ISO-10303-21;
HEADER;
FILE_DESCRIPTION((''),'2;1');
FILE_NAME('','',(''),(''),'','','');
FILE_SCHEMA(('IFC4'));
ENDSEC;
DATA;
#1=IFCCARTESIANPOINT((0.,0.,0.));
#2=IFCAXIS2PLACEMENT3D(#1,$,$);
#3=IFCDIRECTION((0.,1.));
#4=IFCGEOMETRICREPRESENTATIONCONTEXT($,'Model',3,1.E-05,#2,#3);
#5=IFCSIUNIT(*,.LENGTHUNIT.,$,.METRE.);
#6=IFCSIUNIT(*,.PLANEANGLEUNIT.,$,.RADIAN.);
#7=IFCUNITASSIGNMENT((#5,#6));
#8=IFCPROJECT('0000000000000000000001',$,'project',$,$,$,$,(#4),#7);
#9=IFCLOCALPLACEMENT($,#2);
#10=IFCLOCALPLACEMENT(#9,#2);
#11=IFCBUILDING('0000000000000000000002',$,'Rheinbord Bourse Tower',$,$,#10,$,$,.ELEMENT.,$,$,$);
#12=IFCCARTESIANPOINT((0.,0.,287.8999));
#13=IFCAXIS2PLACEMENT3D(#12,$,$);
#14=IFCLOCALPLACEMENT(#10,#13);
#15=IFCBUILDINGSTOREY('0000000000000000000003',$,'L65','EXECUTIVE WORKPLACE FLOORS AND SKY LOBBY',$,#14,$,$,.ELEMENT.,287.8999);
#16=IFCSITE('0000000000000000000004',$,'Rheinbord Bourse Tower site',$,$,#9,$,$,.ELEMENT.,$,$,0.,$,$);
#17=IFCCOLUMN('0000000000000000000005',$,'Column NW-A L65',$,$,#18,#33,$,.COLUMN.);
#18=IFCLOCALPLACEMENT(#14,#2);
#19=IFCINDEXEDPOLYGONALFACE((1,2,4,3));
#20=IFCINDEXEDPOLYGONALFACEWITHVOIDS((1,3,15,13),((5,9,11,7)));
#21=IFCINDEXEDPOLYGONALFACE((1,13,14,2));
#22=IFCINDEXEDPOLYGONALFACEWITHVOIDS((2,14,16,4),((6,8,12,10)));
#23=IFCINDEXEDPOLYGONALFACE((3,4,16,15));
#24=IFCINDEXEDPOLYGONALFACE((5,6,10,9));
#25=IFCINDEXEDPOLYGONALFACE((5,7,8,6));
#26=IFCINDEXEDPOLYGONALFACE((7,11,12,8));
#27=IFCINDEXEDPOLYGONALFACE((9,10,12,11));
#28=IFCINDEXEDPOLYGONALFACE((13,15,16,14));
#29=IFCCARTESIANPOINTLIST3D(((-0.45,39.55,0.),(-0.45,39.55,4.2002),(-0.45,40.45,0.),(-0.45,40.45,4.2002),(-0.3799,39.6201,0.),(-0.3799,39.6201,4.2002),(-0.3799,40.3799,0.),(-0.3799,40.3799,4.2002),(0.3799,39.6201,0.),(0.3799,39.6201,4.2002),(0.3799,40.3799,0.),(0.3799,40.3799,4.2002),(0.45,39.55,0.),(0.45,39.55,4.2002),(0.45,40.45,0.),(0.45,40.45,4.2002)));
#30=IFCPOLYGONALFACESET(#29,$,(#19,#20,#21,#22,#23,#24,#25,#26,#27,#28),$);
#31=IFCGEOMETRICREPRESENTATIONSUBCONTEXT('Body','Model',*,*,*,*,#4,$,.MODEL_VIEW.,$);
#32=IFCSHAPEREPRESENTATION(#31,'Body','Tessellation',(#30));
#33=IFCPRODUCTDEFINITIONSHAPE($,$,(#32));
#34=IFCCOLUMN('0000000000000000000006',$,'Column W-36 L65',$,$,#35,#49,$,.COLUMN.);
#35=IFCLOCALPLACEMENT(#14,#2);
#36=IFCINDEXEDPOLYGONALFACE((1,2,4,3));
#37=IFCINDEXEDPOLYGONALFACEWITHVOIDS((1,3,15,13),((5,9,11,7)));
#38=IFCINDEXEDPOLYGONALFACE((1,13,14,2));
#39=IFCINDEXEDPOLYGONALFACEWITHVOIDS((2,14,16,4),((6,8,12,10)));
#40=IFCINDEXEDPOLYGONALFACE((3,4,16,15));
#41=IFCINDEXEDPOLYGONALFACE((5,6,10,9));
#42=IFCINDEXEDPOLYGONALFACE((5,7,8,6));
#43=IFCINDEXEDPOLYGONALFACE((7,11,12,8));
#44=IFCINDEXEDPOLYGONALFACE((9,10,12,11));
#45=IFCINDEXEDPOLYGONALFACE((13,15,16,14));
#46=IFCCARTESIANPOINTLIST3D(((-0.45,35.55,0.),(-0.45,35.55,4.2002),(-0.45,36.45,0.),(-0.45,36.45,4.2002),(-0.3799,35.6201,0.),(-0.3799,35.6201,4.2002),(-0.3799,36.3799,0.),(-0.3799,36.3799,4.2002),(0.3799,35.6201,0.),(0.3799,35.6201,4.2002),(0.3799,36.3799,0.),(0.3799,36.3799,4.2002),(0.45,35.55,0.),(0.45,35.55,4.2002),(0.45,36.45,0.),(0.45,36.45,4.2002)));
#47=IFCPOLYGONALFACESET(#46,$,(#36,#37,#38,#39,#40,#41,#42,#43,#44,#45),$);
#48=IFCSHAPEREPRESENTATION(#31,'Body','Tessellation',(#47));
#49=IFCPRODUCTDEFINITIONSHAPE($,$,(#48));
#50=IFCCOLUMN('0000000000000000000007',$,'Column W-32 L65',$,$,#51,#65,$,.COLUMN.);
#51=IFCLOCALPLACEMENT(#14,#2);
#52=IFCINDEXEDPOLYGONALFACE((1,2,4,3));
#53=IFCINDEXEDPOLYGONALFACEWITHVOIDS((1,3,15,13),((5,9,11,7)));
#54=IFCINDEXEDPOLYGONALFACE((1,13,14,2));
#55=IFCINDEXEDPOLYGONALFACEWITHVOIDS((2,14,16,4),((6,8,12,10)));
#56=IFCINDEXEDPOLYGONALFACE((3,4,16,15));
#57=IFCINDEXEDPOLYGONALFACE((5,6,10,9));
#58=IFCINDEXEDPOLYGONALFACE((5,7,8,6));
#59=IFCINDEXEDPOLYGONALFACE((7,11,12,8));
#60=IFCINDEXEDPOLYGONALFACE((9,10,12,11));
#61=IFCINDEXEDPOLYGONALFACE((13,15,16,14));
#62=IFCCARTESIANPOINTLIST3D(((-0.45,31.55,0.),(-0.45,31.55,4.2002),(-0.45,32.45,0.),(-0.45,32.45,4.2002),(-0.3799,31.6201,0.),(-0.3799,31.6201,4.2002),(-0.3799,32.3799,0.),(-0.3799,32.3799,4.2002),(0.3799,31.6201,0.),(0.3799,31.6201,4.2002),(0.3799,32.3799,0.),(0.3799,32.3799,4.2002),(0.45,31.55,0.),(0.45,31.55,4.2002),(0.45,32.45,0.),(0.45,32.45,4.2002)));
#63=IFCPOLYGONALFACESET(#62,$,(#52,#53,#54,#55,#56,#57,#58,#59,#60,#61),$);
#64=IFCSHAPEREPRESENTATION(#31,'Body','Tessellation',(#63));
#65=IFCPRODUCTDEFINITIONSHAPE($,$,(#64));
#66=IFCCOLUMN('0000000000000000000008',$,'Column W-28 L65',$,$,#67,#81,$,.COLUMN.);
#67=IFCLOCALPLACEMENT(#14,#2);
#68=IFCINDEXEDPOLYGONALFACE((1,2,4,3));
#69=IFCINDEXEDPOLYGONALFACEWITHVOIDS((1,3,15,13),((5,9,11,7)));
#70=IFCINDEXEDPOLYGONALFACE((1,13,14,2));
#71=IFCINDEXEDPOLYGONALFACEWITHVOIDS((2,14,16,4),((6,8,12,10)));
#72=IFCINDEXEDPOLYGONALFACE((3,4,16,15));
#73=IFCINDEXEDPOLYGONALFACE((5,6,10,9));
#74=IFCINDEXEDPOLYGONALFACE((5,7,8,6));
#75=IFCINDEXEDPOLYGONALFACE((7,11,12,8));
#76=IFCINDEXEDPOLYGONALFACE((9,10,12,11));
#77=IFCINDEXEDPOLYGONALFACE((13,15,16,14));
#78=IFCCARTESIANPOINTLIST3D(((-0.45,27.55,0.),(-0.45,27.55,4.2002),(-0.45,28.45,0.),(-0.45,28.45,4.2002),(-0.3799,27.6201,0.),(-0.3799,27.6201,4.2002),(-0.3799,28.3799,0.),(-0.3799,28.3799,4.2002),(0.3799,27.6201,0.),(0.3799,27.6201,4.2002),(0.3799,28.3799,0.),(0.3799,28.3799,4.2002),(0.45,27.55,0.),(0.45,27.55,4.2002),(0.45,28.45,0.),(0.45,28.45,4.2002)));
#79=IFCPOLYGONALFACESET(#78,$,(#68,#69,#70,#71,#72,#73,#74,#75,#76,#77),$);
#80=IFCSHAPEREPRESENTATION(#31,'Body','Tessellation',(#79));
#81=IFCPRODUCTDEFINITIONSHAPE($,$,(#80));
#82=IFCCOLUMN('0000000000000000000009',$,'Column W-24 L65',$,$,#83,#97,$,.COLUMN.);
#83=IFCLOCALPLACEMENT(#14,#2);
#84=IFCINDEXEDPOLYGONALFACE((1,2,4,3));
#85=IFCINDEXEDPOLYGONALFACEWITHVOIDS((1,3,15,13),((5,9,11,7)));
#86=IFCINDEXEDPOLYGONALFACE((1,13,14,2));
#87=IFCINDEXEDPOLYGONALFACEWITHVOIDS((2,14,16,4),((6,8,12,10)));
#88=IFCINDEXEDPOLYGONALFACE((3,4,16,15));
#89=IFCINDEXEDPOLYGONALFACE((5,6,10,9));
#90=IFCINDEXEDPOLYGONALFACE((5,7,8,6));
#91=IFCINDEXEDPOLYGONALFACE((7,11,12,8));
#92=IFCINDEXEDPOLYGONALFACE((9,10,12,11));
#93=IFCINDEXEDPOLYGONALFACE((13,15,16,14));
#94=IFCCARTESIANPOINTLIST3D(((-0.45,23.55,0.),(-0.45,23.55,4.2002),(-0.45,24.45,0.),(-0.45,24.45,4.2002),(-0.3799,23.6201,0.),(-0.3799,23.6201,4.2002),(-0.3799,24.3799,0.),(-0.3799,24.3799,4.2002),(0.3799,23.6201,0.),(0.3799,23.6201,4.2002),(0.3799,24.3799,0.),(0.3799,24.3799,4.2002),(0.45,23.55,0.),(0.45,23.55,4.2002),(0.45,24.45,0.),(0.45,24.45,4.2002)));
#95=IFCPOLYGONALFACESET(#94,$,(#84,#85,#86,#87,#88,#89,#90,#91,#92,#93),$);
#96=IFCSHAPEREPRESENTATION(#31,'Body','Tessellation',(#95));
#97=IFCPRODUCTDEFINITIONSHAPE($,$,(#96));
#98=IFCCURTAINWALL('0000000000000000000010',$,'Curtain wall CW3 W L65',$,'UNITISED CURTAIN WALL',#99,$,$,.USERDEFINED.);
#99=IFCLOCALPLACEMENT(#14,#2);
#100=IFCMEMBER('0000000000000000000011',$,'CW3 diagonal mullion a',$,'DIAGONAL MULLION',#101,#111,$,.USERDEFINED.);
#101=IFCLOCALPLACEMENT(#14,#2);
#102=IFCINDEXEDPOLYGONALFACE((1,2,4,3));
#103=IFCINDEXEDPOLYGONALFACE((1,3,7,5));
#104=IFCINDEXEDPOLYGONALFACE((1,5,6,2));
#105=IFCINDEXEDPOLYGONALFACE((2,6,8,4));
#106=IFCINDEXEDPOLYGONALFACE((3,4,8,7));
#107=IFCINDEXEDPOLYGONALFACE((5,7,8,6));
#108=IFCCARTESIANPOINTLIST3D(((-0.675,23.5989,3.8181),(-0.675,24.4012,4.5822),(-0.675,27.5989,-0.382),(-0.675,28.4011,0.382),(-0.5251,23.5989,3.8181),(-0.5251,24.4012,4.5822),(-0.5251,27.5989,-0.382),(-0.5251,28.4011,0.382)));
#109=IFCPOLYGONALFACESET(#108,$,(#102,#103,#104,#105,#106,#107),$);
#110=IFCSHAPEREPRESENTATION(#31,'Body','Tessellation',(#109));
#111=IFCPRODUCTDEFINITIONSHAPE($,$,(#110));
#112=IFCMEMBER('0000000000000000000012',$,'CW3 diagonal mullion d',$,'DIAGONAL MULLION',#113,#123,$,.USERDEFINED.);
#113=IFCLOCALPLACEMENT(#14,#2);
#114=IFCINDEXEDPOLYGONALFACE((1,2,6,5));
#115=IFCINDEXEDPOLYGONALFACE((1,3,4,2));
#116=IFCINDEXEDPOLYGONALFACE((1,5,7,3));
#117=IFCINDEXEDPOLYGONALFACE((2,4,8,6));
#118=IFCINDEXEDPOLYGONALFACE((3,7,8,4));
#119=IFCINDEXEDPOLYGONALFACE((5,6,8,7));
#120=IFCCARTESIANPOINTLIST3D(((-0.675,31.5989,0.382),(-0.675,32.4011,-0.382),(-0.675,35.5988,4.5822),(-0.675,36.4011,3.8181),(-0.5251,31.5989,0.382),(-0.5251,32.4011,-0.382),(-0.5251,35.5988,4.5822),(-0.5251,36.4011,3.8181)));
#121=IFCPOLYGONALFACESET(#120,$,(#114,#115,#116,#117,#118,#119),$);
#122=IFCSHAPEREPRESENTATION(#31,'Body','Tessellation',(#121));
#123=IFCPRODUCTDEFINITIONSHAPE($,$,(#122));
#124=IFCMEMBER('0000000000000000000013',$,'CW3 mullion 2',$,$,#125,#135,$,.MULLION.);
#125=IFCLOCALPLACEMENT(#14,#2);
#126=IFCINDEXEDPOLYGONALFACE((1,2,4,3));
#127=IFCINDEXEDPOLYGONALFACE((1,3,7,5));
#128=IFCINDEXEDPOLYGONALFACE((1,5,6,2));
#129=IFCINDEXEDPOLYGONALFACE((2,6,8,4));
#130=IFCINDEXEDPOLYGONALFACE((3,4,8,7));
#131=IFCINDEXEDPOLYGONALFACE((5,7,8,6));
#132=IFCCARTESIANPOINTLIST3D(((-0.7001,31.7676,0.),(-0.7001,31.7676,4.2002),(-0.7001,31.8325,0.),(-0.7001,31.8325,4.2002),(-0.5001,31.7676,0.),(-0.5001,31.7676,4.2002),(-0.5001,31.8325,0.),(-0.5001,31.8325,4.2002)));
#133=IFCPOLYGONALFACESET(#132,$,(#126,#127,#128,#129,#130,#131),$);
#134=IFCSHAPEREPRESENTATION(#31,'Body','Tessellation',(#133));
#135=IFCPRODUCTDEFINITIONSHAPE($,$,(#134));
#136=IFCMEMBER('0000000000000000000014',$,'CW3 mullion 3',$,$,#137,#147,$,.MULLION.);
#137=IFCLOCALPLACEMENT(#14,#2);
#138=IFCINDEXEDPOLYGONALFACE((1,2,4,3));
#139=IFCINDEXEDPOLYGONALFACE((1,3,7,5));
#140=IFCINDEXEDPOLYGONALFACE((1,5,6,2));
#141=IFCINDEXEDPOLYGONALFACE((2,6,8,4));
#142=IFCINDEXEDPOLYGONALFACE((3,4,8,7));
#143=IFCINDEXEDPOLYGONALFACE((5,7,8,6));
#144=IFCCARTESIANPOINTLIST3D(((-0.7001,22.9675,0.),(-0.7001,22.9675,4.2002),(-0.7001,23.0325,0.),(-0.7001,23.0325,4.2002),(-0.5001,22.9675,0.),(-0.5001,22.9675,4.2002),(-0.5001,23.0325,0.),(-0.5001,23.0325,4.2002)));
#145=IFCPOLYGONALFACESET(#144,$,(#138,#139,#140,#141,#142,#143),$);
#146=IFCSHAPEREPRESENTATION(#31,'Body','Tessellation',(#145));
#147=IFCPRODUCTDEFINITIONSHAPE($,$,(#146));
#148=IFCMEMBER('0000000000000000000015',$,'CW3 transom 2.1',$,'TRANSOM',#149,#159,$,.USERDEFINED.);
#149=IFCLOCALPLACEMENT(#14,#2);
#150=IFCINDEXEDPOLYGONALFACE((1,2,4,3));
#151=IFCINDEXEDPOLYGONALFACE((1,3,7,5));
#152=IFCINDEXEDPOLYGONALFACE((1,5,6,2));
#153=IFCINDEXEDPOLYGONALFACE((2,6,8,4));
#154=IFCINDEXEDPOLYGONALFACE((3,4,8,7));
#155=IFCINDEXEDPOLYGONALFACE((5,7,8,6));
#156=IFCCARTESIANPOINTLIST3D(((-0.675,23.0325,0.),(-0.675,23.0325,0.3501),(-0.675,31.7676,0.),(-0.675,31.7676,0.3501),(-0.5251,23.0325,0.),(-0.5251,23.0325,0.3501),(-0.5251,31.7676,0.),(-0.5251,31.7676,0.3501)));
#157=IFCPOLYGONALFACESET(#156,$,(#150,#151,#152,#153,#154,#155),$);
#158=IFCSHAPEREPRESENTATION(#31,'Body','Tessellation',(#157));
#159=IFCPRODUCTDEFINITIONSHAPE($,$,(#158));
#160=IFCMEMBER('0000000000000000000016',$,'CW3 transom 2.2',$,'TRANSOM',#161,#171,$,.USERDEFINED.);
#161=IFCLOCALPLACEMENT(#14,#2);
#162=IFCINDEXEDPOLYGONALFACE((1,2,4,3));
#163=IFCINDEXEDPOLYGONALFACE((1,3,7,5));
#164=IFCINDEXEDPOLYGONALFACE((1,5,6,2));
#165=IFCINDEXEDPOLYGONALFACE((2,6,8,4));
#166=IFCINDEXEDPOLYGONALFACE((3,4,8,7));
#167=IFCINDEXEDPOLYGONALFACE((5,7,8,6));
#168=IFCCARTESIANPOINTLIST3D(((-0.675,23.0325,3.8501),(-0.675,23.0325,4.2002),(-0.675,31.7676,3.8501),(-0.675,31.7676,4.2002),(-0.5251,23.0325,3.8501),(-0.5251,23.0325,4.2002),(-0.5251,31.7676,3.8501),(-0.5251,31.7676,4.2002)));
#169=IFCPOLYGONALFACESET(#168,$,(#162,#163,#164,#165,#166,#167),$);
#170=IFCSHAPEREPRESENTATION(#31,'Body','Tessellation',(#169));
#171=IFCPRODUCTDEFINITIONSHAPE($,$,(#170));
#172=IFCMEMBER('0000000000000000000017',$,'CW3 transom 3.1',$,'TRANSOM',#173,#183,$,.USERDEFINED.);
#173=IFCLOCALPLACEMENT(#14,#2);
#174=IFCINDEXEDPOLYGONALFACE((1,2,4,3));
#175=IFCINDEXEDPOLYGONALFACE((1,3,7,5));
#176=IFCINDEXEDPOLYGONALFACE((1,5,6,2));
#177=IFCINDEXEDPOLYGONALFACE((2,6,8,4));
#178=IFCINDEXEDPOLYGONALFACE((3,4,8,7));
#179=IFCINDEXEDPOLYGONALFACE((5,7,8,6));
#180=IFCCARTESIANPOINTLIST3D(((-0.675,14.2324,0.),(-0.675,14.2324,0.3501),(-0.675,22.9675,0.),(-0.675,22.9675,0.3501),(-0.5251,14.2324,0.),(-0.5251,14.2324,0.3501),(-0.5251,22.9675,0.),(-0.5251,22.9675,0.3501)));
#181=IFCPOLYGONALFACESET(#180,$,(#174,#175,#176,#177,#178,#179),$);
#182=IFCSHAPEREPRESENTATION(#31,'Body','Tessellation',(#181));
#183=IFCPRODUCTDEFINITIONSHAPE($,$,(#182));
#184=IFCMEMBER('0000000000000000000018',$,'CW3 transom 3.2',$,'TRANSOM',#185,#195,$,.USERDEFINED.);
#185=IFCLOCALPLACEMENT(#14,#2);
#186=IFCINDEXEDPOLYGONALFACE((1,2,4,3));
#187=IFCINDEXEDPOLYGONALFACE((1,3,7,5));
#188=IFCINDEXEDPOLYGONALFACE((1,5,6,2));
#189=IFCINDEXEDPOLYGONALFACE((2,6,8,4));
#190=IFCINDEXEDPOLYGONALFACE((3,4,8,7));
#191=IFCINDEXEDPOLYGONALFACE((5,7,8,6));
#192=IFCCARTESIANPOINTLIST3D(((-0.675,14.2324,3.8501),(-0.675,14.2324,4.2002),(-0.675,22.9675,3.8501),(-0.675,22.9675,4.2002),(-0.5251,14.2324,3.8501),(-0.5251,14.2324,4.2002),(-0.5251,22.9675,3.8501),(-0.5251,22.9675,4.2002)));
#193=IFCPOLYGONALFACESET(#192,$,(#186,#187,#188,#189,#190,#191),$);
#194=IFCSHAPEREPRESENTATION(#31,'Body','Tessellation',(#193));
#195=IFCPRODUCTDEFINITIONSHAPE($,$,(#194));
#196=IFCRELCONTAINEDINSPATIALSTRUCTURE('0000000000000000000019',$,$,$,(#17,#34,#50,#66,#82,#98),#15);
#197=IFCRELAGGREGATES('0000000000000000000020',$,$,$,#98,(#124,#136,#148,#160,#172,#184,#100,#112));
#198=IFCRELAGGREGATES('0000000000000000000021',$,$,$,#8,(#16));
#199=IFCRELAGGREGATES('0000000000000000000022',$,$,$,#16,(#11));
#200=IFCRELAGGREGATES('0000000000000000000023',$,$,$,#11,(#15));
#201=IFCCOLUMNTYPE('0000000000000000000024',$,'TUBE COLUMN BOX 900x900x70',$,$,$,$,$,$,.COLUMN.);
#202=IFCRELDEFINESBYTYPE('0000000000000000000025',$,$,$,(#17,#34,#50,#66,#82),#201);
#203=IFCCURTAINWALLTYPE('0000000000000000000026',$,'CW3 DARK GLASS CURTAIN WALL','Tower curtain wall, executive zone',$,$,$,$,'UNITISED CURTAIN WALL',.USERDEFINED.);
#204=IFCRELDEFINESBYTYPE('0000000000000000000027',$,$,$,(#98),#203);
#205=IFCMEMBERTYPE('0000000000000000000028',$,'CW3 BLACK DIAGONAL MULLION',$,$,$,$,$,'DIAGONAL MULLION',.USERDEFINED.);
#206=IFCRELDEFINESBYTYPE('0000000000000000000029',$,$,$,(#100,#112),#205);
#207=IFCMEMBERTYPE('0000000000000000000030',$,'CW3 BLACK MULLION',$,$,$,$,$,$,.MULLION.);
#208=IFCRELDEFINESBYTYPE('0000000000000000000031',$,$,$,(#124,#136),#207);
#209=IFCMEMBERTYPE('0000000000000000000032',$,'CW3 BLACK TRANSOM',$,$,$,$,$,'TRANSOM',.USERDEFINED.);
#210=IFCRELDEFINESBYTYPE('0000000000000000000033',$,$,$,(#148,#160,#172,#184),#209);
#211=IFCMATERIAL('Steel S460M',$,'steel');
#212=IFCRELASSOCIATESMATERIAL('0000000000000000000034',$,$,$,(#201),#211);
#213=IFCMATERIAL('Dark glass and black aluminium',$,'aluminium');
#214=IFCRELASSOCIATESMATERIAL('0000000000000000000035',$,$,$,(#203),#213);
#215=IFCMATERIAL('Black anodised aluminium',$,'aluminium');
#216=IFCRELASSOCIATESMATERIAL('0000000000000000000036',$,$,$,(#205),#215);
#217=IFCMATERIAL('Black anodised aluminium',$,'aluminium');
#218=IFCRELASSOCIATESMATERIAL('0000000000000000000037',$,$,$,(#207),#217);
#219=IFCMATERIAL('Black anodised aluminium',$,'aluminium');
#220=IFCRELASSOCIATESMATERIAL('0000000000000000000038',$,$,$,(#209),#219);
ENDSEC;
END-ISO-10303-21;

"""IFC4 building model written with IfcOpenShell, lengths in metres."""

from ifc_helpers import new_model, si_unit, direction, frame, origin, origin_2d, place, context, subcontext, project, spatial, rectangle, hollow_rectangle, extrude, material, material_profile, profile_set, type_object, element, aggregate, save


model = new_model("IFC4")

# Units and contexts
model_context = context("Model", 3, precision=1e-05, world=origin(), true_north=direction((0.0, 1.0)))
body_context = subcontext(model_context, "Body", "Model", "MODEL_VIEW")
ifc_project = project(units=[si_unit("LENGTHUNIT", "METRE"), si_unit("PLANEANGLEUNIT", "RADIAN")], contexts=[model_context])

# Site, building, storey
site_placement = place(None, origin())
site = spatial("IfcSite", under=ifc_project, at=site_placement, Name="Rheinbord Bourse Tower site", CompositionType="ELEMENT", RefElevation=0.0)
building_placement = place(site_placement, origin())
building = spatial("IfcBuilding", under=site, at=building_placement, Name="Rheinbord Bourse Tower", CompositionType="ELEMENT")
storey_placement = place(building_placement, frame((0.0, 0.0, 287.8999)))
storey = spatial("IfcBuildingStorey", under=building, at=storey_placement, Name="L65", Description="EXECUTIVE WORKPLACE FLOORS AND SKY LOBBY", CompositionType="ELEMENT", Elevation=287.8999)

# Columns
ifc_material_1 = material(Name="Steel S460M", Category="steel")
ifc_material_profile_1 = material_profile(ifc_material_1, hollow_rectangle(XDim=0.8999, YDim=0.8999, WallThickness=0.0701, at=origin_2d()), Name="BOX 900x900x70")
ifc_profile_set_1 = profile_set([ifc_material_profile_1], Name="Steel S460M")
column_type = type_object("IfcColumnType", Name="TUBE COLUMN BOX 900x900x70", PredefinedType="COLUMN", material=ifc_profile_set_1)
for number, where, z_axis, x_axis, name in (
    (1, (0.0, 40.0, 0.0), (0.0, 0.0, 1.0), (1.0, 0.0, 0.0), "Column NW-A L65"),
    (2, (0.0, 36.0, 0.0), (0.0, 0.0, 1.0), (1.0, 0.0, 0.0), "Column W-36 L65"),
    (3, (0.0, 32.0, 0.0), (0.0, 0.0, 1.0), (1.0, 0.0, 0.0), "Column W-32 L65"),
    (4, (0.0, 28.0, 0.0), (0.0, 0.0, 1.0), (1.0, 0.0, 0.0), "Column W-28 L65"),
    (5, (0.0, 24.0, 0.0), (0.0, 0.0, 1.0), (1.0, 0.0, 0.0), "Column W-24 L65"),
):
    element("IfcColumn", number, at=place(storey_placement, frame(where, z_axis=z_axis, x_axis=x_axis)), inside=storey, type_object=column_type, Name=name, PredefinedType="COLUMN", context=body_context, shape_type="SweptSolid", body=[
        extrude(hollow_rectangle(XDim=0.8999, YDim=0.8999, WallThickness=0.0701, at=origin_2d()), origin(), (0.0, 0.0, 1.0), 4.2002),
    ])

# Curtain wall, members
ifc_material_2 = material(Name="Dark glass and black aluminium", Category="aluminium")
curtain_wall_type = type_object("IfcCurtainWallType", Name="CW3 DARK GLASS CURTAIN WALL", Description="Tower curtain wall, executive zone", ElementType="UNITISED CURTAIN WALL", PredefinedType="USERDEFINED", material=ifc_material_2)
curtain_wall_placement = place(storey_placement, origin())
curtain_wall = element("IfcCurtainWall", 6, at=curtain_wall_placement, inside=storey, type_object=curtain_wall_type, Name="Curtain wall CW3 W L65", ObjectType="UNITISED CURTAIN WALL", PredefinedType="USERDEFINED")
ifc_material_3 = material(Name="Black anodised aluminium", Category="aluminium")
ifc_material_profile_2 = material_profile(ifc_material_3, rectangle(XDim=0.1499, YDim=1.1079, at=origin_2d()), Name="CW3 DIAGONAL MULLION 1108x150")
ifc_profile_set_2 = profile_set([ifc_material_profile_2], Name="Black anodised aluminium")
member_type_1 = type_object("IfcMemberType", Name="CW3 BLACK DIAGONAL MULLION", ElementType="DIAGONAL MULLION", PredefinedType="USERDEFINED", material=ifc_profile_set_2)
member_1_placement = place(storey_placement, frame((-0.6001, 28.0, 0.0), z_axis=(0.0, -0.689638, 0.724154), x_axis=(1.0, 0.0, 0.0)))
member_1 = element("IfcMember", 7, at=member_1_placement, type_object=member_type_1, Name="CW3 diagonal mullion a", ObjectType="DIAGONAL MULLION", PredefinedType="USERDEFINED", context=body_context, shape_type="SweptSolid", body=[
    extrude(rectangle(XDim=0.1499, YDim=1.1079, at=origin_2d()), origin(), (0.0, 0.0, 1.0), 5.8),
])
member_2_placement = place(storey_placement, frame((-0.6001, 32.0, 0.0), z_axis=(0.0, 0.689638, 0.724154), x_axis=(-1.0, 0.0, 0.0)))
member_2 = element("IfcMember", 8, at=member_2_placement, type_object=member_type_1, Name="CW3 diagonal mullion d", ObjectType="DIAGONAL MULLION", PredefinedType="USERDEFINED", context=body_context, shape_type="SweptSolid", body=[
    extrude(rectangle(XDim=0.1499, YDim=1.1079, at=origin_2d()), origin(), (0.0, 0.0, 1.0), 5.8),
])
ifc_material_4 = material(Name="Black anodised aluminium", Category="aluminium")
ifc_material_profile_3 = material_profile(ifc_material_4, rectangle(XDim=0.2, YDim=0.0649, at=origin_2d()), Name="CW3 MULLION 65x200")
ifc_profile_set_3 = profile_set([ifc_material_profile_3], Name="Black anodised aluminium")
member_type_2 = type_object("IfcMemberType", Name="CW3 BLACK MULLION", PredefinedType="MULLION", material=ifc_profile_set_3)
member_3_placement = place(storey_placement, frame((-0.6001, 31.8, 0.0), z_axis=(0.0, 0.0, 1.0), x_axis=(1.0, 0.0, 0.0)))
member_3 = element("IfcMember", 9, at=member_3_placement, type_object=member_type_2, Name="CW3 mullion 2", PredefinedType="MULLION", context=body_context, shape_type="SweptSolid", body=[
    extrude(rectangle(XDim=0.2, YDim=0.0649, at=origin_2d()), origin(), (0.0, 0.0, 1.0), 4.2002),
])
member_4_placement = place(storey_placement, frame((-0.6001, 23.0, 0.0), z_axis=(0.0, 0.0, 1.0), x_axis=(1.0, 0.0, 0.0)))
member_4 = element("IfcMember", 10, at=member_4_placement, type_object=member_type_2, Name="CW3 mullion 3", PredefinedType="MULLION", context=body_context, shape_type="SweptSolid", body=[
    extrude(rectangle(XDim=0.2, YDim=0.0649, at=origin_2d()), origin(), (0.0, 0.0, 1.0), 4.2002),
])
ifc_material_5 = material(Name="Black anodised aluminium", Category="aluminium")
ifc_material_profile_4 = material_profile(ifc_material_5, rectangle(XDim=0.1499, YDim=0.3501, at=origin_2d()), Name="CW3 TRANSOM 350x150")
ifc_profile_set_4 = profile_set([ifc_material_profile_4], Name="Black anodised aluminium")
member_type_3 = type_object("IfcMemberType", Name="CW3 BLACK TRANSOM", ElementType="TRANSOM", PredefinedType="USERDEFINED", material=ifc_profile_set_4)
member_5_placement = place(storey_placement, frame((-0.6001, 31.7676, 0.175), z_axis=(0.0, -1.0, 0.0), x_axis=(1.0, 0.0, 0.0)))
member_5 = element("IfcMember", 11, at=member_5_placement, type_object=member_type_3, Name="CW3 transom 2.1", ObjectType="TRANSOM", PredefinedType="USERDEFINED", context=body_context, shape_type="SweptSolid", body=[
    extrude(rectangle(XDim=0.1499, YDim=0.3501, at=origin_2d()), origin(), (0.0, 0.0, 1.0), 8.7351),
])
member_6_placement = place(storey_placement, frame((-0.6001, 31.7676, 4.0251), z_axis=(0.0, -1.0, 0.0), x_axis=(1.0, 0.0, 0.0)))
member_6 = element("IfcMember", 12, at=member_6_placement, type_object=member_type_3, Name="CW3 transom 2.2", ObjectType="TRANSOM", PredefinedType="USERDEFINED", context=body_context, shape_type="SweptSolid", body=[
    extrude(rectangle(XDim=0.1499, YDim=0.3501, at=origin_2d()), origin(), (0.0, 0.0, 1.0), 8.7351),
])
member_7_placement = place(storey_placement, frame((-0.6001, 22.9675, 0.175), z_axis=(0.0, -1.0, 0.0), x_axis=(1.0, 0.0, 0.0)))
member_7 = element("IfcMember", 13, at=member_7_placement, type_object=member_type_3, Name="CW3 transom 3.1", ObjectType="TRANSOM", PredefinedType="USERDEFINED", context=body_context, shape_type="SweptSolid", body=[
    extrude(rectangle(XDim=0.1499, YDim=0.3501, at=origin_2d()), origin(), (0.0, 0.0, 1.0), 8.7351),
])
member_8_placement = place(storey_placement, frame((-0.6001, 22.9675, 4.0251), z_axis=(0.0, -1.0, 0.0), x_axis=(1.0, 0.0, 0.0)))
member_8 = element("IfcMember", 14, at=member_8_placement, type_object=member_type_3, Name="CW3 transom 3.2", ObjectType="TRANSOM", PredefinedType="USERDEFINED", context=body_context, shape_type="SweptSolid", body=[
    extrude(rectangle(XDim=0.1499, YDim=0.3501, at=origin_2d()), origin(), (0.0, 0.0, 1.0), 8.7351),
])

aggregate(curtain_wall, [member_3, member_4, member_5, member_6, member_7, member_8, member_1, member_2])

save(model, "model.ifc")
